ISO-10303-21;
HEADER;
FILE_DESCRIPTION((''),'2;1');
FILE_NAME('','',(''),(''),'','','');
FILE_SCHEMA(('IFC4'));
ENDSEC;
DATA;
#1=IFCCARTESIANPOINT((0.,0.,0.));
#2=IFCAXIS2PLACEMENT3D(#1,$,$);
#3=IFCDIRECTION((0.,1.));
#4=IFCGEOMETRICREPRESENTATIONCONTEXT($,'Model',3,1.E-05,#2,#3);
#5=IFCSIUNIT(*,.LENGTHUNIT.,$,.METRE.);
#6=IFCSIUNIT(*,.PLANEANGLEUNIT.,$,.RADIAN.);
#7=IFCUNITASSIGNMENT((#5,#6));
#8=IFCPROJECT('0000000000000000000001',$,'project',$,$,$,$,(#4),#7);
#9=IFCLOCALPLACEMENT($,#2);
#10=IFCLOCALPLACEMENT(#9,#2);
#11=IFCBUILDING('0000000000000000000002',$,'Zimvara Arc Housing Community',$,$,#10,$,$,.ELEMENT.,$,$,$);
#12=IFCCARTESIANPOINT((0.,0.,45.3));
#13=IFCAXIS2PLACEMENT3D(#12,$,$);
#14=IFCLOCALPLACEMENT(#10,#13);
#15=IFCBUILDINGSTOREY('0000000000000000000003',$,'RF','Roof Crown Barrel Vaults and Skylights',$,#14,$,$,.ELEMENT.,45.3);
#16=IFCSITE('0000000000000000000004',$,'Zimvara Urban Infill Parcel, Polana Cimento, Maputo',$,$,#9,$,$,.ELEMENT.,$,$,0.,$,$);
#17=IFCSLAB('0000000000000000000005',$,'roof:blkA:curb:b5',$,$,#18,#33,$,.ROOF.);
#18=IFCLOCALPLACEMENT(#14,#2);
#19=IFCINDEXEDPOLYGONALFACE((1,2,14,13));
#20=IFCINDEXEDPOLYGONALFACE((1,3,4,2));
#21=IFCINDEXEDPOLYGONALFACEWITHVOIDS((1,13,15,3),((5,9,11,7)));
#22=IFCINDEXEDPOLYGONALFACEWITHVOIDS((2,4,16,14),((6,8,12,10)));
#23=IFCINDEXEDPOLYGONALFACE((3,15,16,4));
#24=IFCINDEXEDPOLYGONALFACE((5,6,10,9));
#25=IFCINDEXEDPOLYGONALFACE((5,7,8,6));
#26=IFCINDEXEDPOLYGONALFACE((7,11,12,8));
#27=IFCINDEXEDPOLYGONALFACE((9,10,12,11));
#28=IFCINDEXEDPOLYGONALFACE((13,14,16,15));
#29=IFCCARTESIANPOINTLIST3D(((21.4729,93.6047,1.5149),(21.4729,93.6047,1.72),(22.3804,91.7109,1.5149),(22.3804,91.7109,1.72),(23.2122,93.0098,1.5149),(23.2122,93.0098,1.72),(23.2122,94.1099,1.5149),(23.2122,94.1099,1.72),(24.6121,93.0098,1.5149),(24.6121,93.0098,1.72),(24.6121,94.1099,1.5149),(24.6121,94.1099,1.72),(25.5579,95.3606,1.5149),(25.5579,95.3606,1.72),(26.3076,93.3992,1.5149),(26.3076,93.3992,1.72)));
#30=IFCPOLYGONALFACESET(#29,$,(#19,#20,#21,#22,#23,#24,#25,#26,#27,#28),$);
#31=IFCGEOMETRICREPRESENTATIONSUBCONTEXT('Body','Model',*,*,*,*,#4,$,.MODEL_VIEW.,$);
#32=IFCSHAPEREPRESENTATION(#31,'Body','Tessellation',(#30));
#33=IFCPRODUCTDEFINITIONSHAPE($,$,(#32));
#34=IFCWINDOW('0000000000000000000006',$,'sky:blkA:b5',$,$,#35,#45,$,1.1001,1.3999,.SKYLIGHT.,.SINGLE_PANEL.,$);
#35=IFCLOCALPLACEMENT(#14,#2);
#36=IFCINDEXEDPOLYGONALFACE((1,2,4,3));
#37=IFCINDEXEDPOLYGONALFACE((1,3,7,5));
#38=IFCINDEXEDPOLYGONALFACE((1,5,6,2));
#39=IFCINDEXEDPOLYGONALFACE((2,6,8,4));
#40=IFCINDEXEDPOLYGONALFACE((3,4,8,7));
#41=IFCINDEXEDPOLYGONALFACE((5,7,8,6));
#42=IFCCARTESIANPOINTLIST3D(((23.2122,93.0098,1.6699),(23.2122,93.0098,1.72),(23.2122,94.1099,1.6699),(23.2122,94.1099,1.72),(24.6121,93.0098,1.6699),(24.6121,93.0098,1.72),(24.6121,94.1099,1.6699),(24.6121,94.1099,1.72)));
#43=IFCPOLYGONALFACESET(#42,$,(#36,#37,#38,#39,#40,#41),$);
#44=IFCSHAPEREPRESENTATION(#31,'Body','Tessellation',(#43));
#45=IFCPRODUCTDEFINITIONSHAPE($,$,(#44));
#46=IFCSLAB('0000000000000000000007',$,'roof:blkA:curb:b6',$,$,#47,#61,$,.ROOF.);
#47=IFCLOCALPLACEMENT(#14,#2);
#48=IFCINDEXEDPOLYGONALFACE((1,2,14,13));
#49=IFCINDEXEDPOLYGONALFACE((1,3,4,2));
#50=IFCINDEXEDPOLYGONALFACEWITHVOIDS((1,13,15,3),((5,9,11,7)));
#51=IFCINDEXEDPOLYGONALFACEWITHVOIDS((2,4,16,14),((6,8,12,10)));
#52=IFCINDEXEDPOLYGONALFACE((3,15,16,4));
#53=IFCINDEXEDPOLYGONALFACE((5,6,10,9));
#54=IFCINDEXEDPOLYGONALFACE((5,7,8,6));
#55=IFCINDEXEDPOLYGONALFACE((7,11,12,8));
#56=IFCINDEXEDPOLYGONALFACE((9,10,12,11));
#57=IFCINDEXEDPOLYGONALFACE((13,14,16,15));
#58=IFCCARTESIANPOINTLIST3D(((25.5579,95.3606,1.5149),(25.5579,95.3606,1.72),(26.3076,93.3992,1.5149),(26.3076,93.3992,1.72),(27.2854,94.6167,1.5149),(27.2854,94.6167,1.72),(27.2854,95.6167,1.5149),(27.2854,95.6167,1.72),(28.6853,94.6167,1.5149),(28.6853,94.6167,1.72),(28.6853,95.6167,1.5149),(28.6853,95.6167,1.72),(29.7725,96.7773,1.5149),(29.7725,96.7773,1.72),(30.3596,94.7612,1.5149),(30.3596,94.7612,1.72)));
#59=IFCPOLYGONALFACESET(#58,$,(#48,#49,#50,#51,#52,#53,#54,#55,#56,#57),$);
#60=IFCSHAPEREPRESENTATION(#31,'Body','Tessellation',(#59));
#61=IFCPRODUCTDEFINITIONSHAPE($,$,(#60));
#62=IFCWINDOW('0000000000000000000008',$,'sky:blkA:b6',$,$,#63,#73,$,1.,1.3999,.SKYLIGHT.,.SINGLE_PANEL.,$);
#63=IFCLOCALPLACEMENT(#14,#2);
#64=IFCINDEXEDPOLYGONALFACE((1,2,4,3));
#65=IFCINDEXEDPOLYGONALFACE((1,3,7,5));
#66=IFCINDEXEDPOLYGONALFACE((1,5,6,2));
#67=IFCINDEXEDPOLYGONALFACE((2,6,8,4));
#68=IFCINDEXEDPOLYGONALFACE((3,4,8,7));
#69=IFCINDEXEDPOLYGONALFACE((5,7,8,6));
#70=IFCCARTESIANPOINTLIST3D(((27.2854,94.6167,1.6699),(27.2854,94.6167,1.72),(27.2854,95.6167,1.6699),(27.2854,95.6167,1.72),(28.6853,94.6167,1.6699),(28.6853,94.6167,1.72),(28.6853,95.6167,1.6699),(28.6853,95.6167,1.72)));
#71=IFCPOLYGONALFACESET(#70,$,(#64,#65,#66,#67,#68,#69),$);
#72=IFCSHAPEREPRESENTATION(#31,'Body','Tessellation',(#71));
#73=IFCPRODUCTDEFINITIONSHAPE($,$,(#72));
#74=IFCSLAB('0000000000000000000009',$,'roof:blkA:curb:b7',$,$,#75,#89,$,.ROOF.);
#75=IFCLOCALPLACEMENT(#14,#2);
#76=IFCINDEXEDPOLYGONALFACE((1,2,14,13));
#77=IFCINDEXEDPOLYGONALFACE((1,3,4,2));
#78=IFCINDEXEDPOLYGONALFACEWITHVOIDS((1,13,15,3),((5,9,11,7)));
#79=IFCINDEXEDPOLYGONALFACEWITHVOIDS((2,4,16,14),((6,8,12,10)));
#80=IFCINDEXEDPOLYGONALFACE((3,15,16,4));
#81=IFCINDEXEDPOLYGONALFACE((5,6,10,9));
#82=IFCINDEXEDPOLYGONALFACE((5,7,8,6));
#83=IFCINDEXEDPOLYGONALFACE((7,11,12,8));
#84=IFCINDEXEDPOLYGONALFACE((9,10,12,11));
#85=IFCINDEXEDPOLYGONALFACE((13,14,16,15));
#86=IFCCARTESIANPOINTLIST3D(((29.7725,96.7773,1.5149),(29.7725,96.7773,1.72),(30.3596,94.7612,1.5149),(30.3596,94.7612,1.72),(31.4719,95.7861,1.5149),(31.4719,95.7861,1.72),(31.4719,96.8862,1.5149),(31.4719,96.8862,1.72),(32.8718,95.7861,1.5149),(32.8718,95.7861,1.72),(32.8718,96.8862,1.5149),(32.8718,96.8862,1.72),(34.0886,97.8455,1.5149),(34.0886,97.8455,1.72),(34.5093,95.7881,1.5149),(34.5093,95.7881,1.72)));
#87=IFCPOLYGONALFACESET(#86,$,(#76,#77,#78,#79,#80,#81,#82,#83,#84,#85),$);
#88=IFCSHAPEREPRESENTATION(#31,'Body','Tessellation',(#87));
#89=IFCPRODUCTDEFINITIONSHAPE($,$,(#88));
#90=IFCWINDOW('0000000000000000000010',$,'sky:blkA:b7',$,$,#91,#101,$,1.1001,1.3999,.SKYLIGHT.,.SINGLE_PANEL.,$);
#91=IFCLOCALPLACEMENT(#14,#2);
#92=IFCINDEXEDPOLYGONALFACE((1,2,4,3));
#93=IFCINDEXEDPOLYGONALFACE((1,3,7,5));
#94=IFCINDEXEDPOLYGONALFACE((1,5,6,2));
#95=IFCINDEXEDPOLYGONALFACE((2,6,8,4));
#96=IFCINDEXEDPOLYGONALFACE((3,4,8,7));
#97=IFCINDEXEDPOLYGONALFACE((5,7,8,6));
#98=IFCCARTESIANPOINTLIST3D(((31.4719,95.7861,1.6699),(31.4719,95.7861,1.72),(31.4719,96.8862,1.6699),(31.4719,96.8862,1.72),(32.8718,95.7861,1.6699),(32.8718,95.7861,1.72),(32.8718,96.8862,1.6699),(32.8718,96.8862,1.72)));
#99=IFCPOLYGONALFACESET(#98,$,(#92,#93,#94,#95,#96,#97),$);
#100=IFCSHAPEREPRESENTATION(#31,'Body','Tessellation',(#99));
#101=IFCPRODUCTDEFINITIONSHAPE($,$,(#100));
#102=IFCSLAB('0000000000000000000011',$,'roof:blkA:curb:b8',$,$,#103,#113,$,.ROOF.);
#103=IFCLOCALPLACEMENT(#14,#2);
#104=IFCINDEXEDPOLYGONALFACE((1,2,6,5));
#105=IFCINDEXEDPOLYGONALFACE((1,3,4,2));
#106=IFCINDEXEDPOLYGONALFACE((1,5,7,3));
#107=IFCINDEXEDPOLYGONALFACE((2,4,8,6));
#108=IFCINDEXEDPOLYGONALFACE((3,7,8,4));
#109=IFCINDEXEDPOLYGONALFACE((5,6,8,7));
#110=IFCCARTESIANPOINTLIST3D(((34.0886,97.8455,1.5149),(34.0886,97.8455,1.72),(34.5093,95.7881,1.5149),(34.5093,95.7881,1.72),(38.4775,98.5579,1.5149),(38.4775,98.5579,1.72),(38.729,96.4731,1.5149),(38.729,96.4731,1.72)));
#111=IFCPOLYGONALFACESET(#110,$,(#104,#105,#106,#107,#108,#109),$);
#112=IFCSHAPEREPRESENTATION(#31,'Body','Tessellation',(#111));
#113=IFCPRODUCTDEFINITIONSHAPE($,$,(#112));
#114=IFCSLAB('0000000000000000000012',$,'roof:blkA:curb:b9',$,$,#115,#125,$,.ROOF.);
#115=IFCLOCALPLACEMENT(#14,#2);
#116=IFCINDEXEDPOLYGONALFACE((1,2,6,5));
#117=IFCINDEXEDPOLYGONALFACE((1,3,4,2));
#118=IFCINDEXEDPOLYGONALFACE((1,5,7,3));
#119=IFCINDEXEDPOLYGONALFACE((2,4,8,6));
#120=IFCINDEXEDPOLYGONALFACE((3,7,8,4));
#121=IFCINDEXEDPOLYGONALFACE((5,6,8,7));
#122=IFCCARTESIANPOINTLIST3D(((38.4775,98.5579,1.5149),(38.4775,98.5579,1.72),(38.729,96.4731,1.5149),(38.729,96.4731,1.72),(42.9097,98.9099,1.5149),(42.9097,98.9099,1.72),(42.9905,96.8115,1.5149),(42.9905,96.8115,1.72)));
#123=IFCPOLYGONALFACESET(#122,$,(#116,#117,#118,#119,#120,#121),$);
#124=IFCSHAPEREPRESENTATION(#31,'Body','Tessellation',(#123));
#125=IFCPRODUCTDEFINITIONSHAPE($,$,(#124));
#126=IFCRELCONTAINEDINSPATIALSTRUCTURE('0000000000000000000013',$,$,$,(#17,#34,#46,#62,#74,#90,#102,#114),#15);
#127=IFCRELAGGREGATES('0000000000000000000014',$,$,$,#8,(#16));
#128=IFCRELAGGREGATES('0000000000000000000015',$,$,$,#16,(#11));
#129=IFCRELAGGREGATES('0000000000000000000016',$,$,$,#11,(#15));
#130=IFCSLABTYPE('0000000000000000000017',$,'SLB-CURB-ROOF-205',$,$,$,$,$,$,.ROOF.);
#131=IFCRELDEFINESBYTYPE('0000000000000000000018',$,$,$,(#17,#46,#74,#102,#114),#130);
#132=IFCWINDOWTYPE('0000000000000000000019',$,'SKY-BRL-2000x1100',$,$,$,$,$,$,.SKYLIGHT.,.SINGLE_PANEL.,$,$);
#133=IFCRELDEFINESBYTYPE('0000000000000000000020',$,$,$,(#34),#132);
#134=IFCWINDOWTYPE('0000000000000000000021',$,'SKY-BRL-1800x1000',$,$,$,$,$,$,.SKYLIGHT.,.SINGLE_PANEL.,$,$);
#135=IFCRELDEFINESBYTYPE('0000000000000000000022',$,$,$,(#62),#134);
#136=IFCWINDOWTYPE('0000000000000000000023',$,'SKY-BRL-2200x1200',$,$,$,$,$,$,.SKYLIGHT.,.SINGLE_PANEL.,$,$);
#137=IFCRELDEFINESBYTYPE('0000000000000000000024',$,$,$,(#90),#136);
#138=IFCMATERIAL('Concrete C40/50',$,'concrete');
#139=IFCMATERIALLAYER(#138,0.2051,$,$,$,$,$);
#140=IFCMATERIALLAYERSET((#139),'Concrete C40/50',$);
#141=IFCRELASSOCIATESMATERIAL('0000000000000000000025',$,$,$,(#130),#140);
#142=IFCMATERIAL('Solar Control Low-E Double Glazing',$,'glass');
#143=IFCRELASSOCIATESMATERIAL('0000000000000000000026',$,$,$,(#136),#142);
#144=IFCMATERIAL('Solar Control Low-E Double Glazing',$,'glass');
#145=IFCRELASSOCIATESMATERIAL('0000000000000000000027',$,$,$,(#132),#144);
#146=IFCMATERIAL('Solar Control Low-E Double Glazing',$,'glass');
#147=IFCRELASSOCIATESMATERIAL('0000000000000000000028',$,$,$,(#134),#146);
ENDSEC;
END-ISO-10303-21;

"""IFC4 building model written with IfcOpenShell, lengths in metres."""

from ifc_helpers import new_model, si_unit, direction, frame, origin, origin_2d, place, context, subcontext, project, spatial, polyline, rectangle, outline, extrude, material, layer, layer_set, type_object, element, fill, save


model = new_model("IFC4")

# Units and contexts
model_context = context("Model", 3, precision=1e-05, world=origin(), true_north=direction((0.0, 1.0)))
body_context = subcontext(model_context, "Body", "Model", "MODEL_VIEW")
ifc_project = project(units=[si_unit("LENGTHUNIT", "METRE"), si_unit("PLANEANGLEUNIT", "RADIAN")], contexts=[model_context])

# Site, building, storey
site_placement = place(None, origin())
site = spatial("IfcSite", under=ifc_project, at=site_placement, Name="Zimvara Urban Infill Parcel, Polana Cimento, Maputo", CompositionType="ELEMENT", RefElevation=0.0)
building_placement = place(site_placement, origin())
building = spatial("IfcBuilding", under=site, at=building_placement, Name="Zimvara Arc Housing Community", CompositionType="ELEMENT")
storey_placement = place(building_placement, frame((0.0, 0.0, 45.3)))
storey = spatial("IfcBuildingStorey", under=building, at=storey_placement, Name="RF", Description="Roof Crown Barrel Vaults and Skylights", CompositionType="ELEMENT", Elevation=45.3)

# Slabs, openings, windows
ifc_material_1 = material(Name="Concrete C40/50", Category="concrete")
ifc_layer_1 = layer(ifc_material_1, 0.2051)
ifc_layer_set_1 = layer_set([ifc_layer_1], Name="Concrete C40/50")
slab_type_1 = type_object("IfcSlabType", Name="SLB-CURB-ROOF-205", PredefinedType="ROOF", material=ifc_layer_set_1)
ifc_material_2 = material(Name="Solar Control Low-E Double Glazing", Category="glass")
window_type_1 = type_object("IfcWindowType", Name="SKY-BRL-2200x1200", PartitioningType="SINGLE_PANEL", PredefinedType="SKYLIGHT", material=ifc_material_2)
ifc_material_3 = material(Name="Solar Control Low-E Double Glazing", Category="glass")
window_type_2 = type_object("IfcWindowType", Name="SKY-BRL-2000x1100", PartitioningType="SINGLE_PANEL", PredefinedType="SKYLIGHT", material=ifc_material_3)
ifc_material_4 = material(Name="Solar Control Low-E Double Glazing", Category="glass")
window_type_3 = type_object("IfcWindowType", Name="SKY-BRL-1800x1000", PartitioningType="SINGLE_PANEL", PredefinedType="SKYLIGHT", material=ifc_material_4)
slab_1_placement = place(storey_placement, frame((0.0, 0.0, 1.5149)))
slab_1 = element("IfcSlab", 1, at=slab_1_placement, inside=storey, type_object=slab_type_1, Name="roof:blkA:curb:b5", PredefinedType="ROOF", context=body_context, shape_type="SweptSolid", body=[
    extrude(outline(polyline([(22.3804, 91.7109), (26.3076, 93.3992), (25.5579, 95.3606), (21.4729, 93.6047), (22.3804, 91.7109)])), origin(), (0.0, 0.0, 1.0), 0.2051),
])
opening_1_placement = place(slab_1_placement, frame((23.9121, 93.5598, 0.0)))
opening_1 = element("IfcOpeningElement", 2, at=opening_1_placement, cuts=slab_1, PredefinedType="OPENING", context=body_context, shape_type="SweptSolid", body=[
    extrude(rectangle(XDim=1.3999, YDim=1.1001, at=origin_2d()), origin(), (0.0, 0.0, 1.0), 0.2051),
])
window_1_placement = place(opening_1_placement, frame((0.0, 0.0, 0.155)))
window_1 = element("IfcWindow", 3, at=window_1_placement, inside=storey, type_object=window_type_2, Name="sky:blkA:b5", OverallHeight=1.1001, OverallWidth=1.3999, PartitioningType="SINGLE_PANEL", PredefinedType="SKYLIGHT", context=body_context, shape_type="SweptSolid", body=[
    extrude(rectangle(XDim=1.3999, YDim=1.1001, at=origin_2d()), origin(), (0.0, 0.0, 1.0), 0.05),
])
fill(opening_1, window_1)
slab_2_placement = place(storey_placement, frame((0.0, 0.0, 1.5149)))
slab_2 = element("IfcSlab", 4, at=slab_2_placement, inside=storey, type_object=slab_type_1, Name="roof:blkA:curb:b6", PredefinedType="ROOF", context=body_context, shape_type="SweptSolid", body=[
    extrude(outline(polyline([(26.3076, 93.3992), (30.3596, 94.7612), (29.7725, 96.7773), (25.5579, 95.3606), (26.3076, 93.3992)])), origin(), (0.0, 0.0, 1.0), 0.2051),
])
opening_2_placement = place(slab_2_placement, frame((27.9854, 95.1167, 0.0)))
opening_2 = element("IfcOpeningElement", 5, at=opening_2_placement, cuts=slab_2, PredefinedType="OPENING", context=body_context, shape_type="SweptSolid", body=[
    extrude(rectangle(XDim=1.3999, YDim=1.0, at=origin_2d()), origin(), (0.0, 0.0, 1.0), 0.2051),
])
window_2_placement = place(opening_2_placement, frame((0.0, 0.0, 0.155)))
window_2 = element("IfcWindow", 6, at=window_2_placement, inside=storey, type_object=window_type_3, Name="sky:blkA:b6", OverallHeight=1.0, OverallWidth=1.3999, PartitioningType="SINGLE_PANEL", PredefinedType="SKYLIGHT", context=body_context, shape_type="SweptSolid", body=[
    extrude(rectangle(XDim=1.3999, YDim=1.0, at=origin_2d()), origin(), (0.0, 0.0, 1.0), 0.05),
])
fill(opening_2, window_2)
slab_3_placement = place(storey_placement, frame((0.0, 0.0, 1.5149)))
slab_3 = element("IfcSlab", 7, at=slab_3_placement, inside=storey, type_object=slab_type_1, Name="roof:blkA:curb:b7", PredefinedType="ROOF", context=body_context, shape_type="SweptSolid", body=[
    extrude(outline(polyline([(30.3596, 94.7612), (34.5093, 95.7881), (34.0886, 97.8455), (29.7725, 96.7773), (30.3596, 94.7612)])), origin(), (0.0, 0.0, 1.0), 0.2051),
])
opening_3_placement = place(slab_3_placement, frame((32.1719, 96.3362, 0.0)))
opening_3 = element("IfcOpeningElement", 8, at=opening_3_placement, cuts=slab_3, PredefinedType="OPENING", context=body_context, shape_type="SweptSolid", body=[
    extrude(rectangle(XDim=1.3999, YDim=1.1001, at=origin_2d()), origin(), (0.0, 0.0, 1.0), 0.2051),
])
window_3_placement = place(opening_3_placement, frame((0.0, 0.0, 0.155)))
window_3 = element("IfcWindow", 9, at=window_3_placement, inside=storey, type_object=window_type_1, Name="sky:blkA:b7", OverallHeight=1.1001, OverallWidth=1.3999, PartitioningType="SINGLE_PANEL", PredefinedType="SKYLIGHT", context=body_context, shape_type="SweptSolid", body=[
    extrude(rectangle(XDim=1.3999, YDim=1.1001, at=origin_2d()), origin(), (0.0, 0.0, 1.0), 0.05),
])
fill(opening_3, window_3)

# Slabs
slab_4_placement = place(storey_placement, frame((0.0, 0.0, 1.5149)))
element("IfcSlab", 10, at=slab_4_placement, inside=storey, type_object=slab_type_1, Name="roof:blkA:curb:b8", PredefinedType="ROOF", context=body_context, shape_type="SweptSolid", body=[
    extrude(outline(polyline([(34.5093, 95.7881), (38.729, 96.4731), (38.4775, 98.5579), (34.0886, 97.8455), (34.5093, 95.7881)])), origin(), (0.0, 0.0, 1.0), 0.2051),
])
slab_5_placement = place(storey_placement, frame((0.0, 0.0, 1.5149)))
element("IfcSlab", 11, at=slab_5_placement, inside=storey, type_object=slab_type_1, Name="roof:blkA:curb:b9", PredefinedType="ROOF", context=body_context, shape_type="SweptSolid", body=[
    extrude(outline(polyline([(38.729, 96.4731), (42.9905, 96.8115), (42.9097, 98.9099), (38.4775, 98.5579), (38.729, 96.4731)])), origin(), (0.0, 0.0, 1.0), 0.2051),
])

save(model, "model.ifc")
